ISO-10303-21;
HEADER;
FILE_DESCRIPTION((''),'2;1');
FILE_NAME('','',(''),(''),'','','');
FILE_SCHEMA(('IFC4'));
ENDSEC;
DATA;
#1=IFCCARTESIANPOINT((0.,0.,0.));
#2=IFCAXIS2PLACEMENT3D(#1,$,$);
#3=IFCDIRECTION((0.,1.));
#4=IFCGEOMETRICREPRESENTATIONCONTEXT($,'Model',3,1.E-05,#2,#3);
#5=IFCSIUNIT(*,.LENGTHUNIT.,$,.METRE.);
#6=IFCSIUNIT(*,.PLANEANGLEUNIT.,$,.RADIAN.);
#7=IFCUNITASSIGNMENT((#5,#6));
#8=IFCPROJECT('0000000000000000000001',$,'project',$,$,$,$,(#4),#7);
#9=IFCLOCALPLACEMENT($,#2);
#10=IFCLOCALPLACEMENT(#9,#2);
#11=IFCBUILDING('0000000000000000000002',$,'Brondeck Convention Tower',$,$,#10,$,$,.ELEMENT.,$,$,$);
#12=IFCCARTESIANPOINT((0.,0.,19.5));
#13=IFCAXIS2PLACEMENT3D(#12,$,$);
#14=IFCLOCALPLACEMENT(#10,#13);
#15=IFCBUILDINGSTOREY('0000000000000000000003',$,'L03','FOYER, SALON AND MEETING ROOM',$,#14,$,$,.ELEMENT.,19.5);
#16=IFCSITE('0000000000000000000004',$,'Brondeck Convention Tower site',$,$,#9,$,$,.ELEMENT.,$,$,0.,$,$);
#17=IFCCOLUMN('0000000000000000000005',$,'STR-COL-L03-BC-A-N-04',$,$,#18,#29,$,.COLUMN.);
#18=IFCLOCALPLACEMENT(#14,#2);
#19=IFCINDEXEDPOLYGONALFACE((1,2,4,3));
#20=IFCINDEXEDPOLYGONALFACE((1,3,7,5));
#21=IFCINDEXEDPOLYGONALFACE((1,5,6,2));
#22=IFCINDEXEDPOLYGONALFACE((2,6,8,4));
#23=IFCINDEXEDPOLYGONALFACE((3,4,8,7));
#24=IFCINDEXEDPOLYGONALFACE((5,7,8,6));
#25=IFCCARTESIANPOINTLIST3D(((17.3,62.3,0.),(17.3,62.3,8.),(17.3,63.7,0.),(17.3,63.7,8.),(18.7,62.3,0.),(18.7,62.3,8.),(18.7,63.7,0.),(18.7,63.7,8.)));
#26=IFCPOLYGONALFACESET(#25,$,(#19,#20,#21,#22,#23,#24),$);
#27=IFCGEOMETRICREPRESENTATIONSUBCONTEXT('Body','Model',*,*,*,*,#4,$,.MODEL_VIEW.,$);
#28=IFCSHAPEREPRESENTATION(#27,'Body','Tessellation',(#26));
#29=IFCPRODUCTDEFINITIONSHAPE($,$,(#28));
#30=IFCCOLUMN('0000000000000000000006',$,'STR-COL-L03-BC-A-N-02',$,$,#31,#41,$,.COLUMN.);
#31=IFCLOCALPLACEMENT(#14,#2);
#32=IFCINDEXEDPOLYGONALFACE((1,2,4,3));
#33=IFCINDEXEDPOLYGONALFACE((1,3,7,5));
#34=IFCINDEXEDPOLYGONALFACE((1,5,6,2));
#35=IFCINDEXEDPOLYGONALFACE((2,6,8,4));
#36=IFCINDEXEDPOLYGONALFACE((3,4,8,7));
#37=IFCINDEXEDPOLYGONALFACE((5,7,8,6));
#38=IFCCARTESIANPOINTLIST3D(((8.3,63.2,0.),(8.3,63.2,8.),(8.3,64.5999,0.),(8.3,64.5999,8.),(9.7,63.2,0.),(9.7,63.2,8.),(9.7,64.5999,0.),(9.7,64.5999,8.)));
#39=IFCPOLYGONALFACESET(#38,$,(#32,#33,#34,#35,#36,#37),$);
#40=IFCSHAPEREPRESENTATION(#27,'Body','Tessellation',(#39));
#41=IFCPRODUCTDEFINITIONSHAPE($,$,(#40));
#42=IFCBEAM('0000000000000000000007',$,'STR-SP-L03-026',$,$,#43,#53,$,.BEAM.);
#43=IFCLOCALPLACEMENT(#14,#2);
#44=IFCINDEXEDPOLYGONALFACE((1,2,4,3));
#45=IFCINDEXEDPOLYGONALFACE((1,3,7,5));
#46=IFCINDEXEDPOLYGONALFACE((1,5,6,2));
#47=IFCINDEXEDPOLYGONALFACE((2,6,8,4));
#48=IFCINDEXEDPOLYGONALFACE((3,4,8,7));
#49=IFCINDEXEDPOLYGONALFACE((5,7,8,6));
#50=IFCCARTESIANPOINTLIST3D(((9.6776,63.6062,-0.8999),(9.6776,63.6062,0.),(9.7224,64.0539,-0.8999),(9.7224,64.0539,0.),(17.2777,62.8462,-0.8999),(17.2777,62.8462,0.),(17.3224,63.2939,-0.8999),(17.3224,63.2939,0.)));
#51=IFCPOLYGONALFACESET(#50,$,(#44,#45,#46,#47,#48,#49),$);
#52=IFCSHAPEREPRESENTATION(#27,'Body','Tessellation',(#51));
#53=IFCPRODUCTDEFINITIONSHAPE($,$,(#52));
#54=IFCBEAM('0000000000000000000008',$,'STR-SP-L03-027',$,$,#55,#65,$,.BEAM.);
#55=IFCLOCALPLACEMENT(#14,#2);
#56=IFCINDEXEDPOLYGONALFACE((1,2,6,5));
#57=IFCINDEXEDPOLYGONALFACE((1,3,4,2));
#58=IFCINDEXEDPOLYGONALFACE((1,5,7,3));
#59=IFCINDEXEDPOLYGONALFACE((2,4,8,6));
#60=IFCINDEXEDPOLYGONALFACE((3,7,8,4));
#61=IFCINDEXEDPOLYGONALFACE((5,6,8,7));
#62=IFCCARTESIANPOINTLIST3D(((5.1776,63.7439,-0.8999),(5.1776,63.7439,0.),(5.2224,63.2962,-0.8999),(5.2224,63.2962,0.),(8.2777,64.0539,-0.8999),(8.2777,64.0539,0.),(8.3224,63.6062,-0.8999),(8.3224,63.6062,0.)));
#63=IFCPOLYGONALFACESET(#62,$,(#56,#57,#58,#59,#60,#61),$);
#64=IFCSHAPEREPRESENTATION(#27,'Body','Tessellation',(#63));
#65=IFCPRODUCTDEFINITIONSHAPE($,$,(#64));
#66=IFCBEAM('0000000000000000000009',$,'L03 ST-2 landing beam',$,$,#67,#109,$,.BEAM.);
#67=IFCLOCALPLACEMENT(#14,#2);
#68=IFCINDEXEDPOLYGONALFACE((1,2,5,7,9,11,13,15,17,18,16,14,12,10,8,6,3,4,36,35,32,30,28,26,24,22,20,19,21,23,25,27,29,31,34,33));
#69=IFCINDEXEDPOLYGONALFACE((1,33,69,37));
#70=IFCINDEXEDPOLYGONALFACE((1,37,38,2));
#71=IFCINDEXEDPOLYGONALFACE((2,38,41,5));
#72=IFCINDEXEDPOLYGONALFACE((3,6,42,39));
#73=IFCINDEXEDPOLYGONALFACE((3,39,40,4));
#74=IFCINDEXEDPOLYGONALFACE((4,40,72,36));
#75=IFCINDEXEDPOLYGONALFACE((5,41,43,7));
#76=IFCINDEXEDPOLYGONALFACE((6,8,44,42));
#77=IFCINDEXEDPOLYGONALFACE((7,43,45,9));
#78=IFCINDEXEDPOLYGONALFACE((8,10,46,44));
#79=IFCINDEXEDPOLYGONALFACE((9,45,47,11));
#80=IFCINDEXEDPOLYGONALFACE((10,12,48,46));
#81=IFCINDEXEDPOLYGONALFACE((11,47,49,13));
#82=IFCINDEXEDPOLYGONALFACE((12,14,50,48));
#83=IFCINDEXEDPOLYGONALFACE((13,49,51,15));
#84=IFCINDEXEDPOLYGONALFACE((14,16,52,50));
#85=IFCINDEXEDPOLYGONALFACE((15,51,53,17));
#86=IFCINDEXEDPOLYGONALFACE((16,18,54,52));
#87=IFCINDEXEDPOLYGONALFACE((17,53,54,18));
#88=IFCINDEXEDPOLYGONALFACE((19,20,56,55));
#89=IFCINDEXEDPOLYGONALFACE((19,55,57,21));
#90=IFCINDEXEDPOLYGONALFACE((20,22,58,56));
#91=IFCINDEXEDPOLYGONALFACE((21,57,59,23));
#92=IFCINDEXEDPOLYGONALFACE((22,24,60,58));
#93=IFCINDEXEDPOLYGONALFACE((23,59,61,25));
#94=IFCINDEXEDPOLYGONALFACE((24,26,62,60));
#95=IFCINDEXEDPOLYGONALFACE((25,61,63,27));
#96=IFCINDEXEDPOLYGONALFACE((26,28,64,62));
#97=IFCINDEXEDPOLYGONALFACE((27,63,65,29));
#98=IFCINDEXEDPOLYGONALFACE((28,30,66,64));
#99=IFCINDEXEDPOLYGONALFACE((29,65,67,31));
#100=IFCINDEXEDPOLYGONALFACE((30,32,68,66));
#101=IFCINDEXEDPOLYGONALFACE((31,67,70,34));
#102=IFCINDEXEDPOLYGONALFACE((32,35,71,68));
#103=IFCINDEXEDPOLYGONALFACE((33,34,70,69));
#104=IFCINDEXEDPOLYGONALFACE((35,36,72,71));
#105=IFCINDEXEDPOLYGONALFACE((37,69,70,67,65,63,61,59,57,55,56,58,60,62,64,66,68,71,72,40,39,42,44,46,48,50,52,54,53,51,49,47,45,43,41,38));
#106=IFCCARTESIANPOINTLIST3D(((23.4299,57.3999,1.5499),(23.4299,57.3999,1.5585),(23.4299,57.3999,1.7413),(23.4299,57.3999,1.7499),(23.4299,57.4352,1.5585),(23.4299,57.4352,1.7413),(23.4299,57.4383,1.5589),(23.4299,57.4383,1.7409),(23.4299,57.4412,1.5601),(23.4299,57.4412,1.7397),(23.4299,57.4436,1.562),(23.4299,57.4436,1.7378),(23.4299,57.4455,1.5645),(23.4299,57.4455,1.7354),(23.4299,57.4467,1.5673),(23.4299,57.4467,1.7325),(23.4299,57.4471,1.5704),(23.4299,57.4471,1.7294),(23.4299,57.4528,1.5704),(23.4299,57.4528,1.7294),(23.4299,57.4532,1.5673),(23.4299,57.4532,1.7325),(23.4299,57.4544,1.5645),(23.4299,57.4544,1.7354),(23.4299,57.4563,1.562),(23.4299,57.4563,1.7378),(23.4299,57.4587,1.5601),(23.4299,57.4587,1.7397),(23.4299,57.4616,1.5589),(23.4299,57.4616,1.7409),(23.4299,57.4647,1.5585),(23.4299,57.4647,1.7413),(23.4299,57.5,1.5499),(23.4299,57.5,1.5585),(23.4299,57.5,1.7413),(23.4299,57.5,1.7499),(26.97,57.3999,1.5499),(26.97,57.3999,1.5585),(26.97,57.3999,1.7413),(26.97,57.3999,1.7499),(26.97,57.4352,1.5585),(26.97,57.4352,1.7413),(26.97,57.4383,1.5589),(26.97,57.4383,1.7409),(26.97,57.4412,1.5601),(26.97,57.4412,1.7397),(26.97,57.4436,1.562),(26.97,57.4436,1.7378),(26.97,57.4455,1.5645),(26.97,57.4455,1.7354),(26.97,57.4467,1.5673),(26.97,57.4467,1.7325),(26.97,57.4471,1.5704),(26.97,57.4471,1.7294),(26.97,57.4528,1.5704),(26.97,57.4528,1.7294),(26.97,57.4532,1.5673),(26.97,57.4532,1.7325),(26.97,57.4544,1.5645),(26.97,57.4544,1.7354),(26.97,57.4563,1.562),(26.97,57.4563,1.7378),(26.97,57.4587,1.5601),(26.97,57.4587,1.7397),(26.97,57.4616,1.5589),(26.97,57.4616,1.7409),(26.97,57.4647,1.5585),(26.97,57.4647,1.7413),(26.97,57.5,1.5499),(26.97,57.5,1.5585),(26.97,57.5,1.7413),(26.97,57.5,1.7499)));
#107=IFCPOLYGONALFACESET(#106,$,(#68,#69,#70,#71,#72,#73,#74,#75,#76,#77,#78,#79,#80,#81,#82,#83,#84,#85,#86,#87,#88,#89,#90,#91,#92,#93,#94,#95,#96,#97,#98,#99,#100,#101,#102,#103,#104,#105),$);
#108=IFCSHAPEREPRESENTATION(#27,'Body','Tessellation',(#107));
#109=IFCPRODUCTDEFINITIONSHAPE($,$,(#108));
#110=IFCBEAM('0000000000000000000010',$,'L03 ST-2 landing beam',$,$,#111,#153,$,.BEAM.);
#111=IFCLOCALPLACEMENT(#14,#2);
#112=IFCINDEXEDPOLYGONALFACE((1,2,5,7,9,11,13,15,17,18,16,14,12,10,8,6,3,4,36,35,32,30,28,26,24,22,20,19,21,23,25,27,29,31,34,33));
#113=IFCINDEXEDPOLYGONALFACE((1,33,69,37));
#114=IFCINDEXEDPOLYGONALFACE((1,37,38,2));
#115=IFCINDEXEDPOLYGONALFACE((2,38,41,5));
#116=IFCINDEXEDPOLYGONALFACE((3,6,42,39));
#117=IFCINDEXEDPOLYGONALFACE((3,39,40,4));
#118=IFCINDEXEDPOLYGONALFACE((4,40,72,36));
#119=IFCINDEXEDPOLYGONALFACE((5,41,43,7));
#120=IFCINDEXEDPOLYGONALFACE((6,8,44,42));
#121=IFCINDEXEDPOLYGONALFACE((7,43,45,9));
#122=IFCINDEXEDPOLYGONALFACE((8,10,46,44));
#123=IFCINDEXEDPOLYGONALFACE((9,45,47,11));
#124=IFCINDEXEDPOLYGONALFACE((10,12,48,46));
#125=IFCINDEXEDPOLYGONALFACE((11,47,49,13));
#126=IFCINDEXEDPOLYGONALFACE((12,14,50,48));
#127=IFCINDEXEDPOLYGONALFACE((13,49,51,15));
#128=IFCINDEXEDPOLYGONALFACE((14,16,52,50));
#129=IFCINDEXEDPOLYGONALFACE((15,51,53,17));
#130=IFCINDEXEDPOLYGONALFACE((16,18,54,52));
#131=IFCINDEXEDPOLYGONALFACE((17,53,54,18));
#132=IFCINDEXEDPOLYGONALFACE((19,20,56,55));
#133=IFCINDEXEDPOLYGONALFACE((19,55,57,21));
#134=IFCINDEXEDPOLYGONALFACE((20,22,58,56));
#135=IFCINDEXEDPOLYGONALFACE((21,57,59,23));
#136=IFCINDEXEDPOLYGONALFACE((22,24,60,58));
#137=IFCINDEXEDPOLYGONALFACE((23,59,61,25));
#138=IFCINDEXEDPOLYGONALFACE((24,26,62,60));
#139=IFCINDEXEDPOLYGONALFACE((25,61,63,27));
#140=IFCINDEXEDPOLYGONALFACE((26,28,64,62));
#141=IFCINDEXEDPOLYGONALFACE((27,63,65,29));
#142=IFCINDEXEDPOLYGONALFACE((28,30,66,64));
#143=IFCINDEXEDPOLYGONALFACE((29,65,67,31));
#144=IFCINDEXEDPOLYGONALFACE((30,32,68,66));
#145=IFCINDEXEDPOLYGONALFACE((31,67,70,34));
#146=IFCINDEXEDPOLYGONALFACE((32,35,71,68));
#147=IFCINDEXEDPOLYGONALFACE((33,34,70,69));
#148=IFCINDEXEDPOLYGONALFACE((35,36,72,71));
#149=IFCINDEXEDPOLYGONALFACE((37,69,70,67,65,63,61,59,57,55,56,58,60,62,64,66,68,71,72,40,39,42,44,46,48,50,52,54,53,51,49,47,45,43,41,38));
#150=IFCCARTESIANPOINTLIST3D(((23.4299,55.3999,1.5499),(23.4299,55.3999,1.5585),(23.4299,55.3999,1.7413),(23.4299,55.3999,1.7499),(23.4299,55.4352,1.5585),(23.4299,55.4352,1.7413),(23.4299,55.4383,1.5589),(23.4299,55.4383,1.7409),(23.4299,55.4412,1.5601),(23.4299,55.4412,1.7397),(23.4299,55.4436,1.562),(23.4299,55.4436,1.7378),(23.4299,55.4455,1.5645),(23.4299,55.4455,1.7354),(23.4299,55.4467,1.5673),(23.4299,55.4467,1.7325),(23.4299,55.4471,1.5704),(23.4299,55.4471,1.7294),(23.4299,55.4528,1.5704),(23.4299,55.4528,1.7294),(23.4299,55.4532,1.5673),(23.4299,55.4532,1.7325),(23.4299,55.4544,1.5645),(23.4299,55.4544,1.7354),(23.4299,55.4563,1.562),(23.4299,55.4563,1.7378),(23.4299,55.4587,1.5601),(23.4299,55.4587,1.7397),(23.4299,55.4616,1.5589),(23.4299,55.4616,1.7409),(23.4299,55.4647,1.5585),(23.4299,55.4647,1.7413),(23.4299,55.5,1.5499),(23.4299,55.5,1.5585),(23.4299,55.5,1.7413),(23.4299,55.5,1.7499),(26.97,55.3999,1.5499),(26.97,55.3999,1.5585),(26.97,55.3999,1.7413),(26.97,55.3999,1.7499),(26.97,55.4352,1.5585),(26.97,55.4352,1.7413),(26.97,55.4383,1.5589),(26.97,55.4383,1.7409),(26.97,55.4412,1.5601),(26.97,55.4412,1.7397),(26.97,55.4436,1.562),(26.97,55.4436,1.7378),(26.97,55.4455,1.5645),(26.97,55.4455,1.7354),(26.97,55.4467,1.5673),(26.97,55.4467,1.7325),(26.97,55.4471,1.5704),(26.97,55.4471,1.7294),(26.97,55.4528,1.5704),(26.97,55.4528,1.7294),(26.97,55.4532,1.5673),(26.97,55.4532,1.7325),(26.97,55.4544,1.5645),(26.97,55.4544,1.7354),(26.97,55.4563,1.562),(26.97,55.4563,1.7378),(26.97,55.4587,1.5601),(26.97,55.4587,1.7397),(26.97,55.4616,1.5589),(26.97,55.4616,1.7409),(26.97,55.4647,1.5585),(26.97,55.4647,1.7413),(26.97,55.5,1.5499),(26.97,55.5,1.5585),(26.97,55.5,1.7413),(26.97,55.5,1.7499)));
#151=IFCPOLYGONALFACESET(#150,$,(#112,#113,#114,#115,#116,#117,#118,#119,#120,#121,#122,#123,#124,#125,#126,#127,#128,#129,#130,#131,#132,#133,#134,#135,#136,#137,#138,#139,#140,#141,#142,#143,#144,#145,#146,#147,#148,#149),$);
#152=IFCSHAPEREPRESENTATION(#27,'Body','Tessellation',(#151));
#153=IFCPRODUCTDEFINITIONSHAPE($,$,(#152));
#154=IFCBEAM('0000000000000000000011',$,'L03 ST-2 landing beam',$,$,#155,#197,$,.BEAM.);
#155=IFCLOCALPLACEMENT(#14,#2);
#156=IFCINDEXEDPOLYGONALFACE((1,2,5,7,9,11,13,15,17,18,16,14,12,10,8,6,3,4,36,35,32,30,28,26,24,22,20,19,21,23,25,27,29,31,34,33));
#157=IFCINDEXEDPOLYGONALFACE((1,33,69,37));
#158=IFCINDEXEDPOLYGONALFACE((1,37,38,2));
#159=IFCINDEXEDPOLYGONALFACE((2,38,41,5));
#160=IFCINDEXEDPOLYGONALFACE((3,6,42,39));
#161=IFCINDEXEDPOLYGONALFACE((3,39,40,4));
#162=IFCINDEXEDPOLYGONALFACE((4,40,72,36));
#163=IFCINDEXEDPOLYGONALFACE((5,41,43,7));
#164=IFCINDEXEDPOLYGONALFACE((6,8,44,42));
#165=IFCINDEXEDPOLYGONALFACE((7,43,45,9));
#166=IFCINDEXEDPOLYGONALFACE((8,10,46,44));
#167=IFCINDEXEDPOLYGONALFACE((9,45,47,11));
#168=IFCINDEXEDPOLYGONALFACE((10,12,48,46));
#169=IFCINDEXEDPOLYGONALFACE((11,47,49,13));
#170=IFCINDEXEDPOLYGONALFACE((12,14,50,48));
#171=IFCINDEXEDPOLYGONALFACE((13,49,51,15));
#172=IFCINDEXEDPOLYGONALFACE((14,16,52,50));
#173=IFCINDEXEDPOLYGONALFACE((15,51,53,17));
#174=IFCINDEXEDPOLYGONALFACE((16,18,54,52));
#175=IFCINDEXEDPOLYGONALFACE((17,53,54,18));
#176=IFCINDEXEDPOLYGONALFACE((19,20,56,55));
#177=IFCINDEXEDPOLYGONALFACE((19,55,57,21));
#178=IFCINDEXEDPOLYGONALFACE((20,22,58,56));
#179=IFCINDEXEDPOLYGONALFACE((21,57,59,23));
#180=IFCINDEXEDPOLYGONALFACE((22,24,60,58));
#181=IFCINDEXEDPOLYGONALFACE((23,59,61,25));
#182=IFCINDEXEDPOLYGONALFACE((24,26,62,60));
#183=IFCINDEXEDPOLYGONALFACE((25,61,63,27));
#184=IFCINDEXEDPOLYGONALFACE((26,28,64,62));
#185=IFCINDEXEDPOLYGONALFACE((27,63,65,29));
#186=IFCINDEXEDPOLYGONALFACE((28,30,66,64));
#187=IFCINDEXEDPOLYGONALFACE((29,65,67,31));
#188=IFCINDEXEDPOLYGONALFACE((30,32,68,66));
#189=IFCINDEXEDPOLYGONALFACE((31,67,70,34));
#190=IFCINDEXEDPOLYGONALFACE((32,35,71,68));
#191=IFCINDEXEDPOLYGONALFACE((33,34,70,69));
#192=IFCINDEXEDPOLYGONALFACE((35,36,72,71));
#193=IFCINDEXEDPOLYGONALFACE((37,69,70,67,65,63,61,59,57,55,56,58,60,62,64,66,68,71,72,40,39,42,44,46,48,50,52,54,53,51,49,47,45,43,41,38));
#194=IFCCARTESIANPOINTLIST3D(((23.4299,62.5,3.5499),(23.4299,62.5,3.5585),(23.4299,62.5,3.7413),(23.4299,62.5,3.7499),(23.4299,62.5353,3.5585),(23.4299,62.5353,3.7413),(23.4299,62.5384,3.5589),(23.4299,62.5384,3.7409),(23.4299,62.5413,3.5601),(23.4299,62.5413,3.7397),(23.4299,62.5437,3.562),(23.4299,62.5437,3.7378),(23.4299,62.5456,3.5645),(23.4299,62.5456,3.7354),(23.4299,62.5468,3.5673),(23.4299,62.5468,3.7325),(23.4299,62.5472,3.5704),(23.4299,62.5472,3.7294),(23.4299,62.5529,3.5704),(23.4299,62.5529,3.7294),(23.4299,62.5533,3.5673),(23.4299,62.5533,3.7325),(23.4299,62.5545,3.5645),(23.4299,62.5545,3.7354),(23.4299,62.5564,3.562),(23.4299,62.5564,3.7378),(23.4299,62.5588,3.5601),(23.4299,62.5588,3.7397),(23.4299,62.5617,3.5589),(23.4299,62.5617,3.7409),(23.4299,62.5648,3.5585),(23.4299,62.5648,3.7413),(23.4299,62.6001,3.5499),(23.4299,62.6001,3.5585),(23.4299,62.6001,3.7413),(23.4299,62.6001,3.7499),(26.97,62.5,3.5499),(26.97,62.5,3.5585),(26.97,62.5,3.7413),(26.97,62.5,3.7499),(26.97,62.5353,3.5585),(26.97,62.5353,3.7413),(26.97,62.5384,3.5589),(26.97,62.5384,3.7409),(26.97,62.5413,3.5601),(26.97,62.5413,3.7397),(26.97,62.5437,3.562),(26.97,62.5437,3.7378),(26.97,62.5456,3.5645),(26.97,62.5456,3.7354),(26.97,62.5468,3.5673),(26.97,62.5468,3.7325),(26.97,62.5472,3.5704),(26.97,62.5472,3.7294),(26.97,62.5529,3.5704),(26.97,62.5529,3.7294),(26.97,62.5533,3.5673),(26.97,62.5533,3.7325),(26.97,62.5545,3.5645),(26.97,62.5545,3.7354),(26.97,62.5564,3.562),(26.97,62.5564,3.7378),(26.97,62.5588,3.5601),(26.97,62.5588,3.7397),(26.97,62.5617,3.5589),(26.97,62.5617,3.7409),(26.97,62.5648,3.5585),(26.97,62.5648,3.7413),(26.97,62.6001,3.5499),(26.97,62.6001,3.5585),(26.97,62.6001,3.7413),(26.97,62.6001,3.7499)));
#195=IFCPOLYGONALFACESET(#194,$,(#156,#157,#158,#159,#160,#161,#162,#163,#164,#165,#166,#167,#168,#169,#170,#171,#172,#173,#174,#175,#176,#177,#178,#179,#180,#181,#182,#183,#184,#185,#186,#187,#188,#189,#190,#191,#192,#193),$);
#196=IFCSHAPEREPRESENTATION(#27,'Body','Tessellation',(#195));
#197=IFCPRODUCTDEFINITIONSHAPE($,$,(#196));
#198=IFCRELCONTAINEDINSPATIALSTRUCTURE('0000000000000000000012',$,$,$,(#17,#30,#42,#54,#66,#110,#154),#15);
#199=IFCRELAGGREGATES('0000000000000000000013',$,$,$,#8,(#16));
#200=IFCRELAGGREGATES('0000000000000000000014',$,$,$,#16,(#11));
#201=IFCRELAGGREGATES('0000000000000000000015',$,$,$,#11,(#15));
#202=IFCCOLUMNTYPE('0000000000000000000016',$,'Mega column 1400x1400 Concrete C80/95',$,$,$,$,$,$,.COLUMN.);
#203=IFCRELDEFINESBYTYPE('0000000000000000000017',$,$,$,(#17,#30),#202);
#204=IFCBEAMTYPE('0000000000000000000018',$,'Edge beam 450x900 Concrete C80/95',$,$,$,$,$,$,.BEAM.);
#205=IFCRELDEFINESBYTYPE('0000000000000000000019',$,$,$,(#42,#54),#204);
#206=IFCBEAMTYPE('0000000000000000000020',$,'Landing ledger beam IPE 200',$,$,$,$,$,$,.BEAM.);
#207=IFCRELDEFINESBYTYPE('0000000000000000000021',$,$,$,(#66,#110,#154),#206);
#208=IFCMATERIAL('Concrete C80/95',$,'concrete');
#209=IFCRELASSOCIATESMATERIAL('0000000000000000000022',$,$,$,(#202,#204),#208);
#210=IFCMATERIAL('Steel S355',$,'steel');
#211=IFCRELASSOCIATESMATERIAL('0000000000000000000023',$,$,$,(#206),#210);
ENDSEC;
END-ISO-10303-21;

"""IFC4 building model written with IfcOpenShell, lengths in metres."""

from ifc_helpers import new_model, si_unit, direction, frame, origin, origin_2d, place, context, subcontext, project, spatial, rectangle, i_section, extrude, material, material_profile, profile_set, type_object, element, save


model = new_model("IFC4")

# Units and contexts
model_context = context("Model", 3, precision=1e-05, world=origin(), true_north=direction((0.0, 1.0)))
body_context = subcontext(model_context, "Body", "Model", "MODEL_VIEW")
ifc_project = project(units=[si_unit("LENGTHUNIT", "METRE"), si_unit("PLANEANGLEUNIT", "RADIAN")], contexts=[model_context])

# Site, building, storey
site_placement = place(None, origin())
site = spatial("IfcSite", under=ifc_project, at=site_placement, Name="Brondeck Convention Tower site", CompositionType="ELEMENT", RefElevation=0.0)
building_placement = place(site_placement, origin())
building = spatial("IfcBuilding", under=site, at=building_placement, Name="Brondeck Convention Tower", CompositionType="ELEMENT")
storey_placement = place(building_placement, frame((0.0, 0.0, 19.5)))
storey = spatial("IfcBuildingStorey", under=building, at=storey_placement, Name="L03", Description="FOYER, SALON AND MEETING ROOM", CompositionType="ELEMENT", Elevation=19.5)

# Columns
ifc_material_1 = material(Name="Concrete C80/95", Category="concrete")
ifc_material_profile_1 = material_profile(ifc_material_1, rectangle(XDim=1.3999, YDim=1.3999, at=origin_2d()), Name="Mega column 1400x1400 Concrete C80/95")
ifc_profile_set_1 = profile_set([ifc_material_profile_1], Name="Concrete C80/95")
column_type = type_object("IfcColumnType", Name="Mega column 1400x1400 Concrete C80/95", PredefinedType="COLUMN", material=ifc_profile_set_1)
for number, where, z_axis, x_axis, name in (
    (1, (18.0, 63.0, 0.0), (0.0, 0.0, 1.0), (1.0, 0.0, 0.0), "STR-COL-L03-BC-A-N-04"),
    (2, (9.0, 63.8999, 0.0), (0.0, 0.0, 1.0), (1.0, 0.0, 0.0), "STR-COL-L03-BC-A-N-02"),
):
    element("IfcColumn", number, at=place(storey_placement, frame(where, z_axis=z_axis, x_axis=x_axis)), inside=storey, type_object=column_type, Name=name, PredefinedType="COLUMN", context=body_context, shape_type="SweptSolid", body=[
        extrude(rectangle(XDim=1.3999, YDim=1.3999, at=origin_2d()), origin(), (0.0, 0.0, 1.0), 8.0),
    ])

# Beams
ifc_material_profile_2 = material_profile(ifc_material_1, rectangle(XDim=0.45, YDim=0.8999, at=origin_2d()), Name="Edge beam 450x900 Concrete C80/95")
ifc_profile_set_2 = profile_set([ifc_material_profile_2], Name="Concrete C80/95")
beam_type_1 = type_object("IfcBeamType", Name="Edge beam 450x900 Concrete C80/95", PredefinedType="BEAM", material=ifc_profile_set_2)
beam_1_placement = place(storey_placement, frame((17.3, 63.0701, -0.45), z_axis=(-0.995037, 0.099504, 0.0), x_axis=(-0.099504, -0.995037, 0.0)))
element("IfcBeam", 3, at=beam_1_placement, inside=storey, type_object=beam_type_1, Name="STR-SP-L03-026", PredefinedType="BEAM", context=body_context, shape_type="SweptSolid", body=[
    extrude(rectangle(XDim=0.45, YDim=0.8999, at=origin_2d()), origin(), (0.0, 0.0, 1.0), 7.6379),
])
beam_2_placement = place(storey_placement, frame((8.3, 63.8301, -0.45), z_axis=(-0.995036, -0.099519, 0.0), x_axis=(0.099519, -0.995036, 0.0)))
element("IfcBeam", 4, at=beam_2_placement, inside=storey, type_object=beam_type_1, Name="STR-SP-L03-027", PredefinedType="BEAM", context=body_context, shape_type="SweptSolid", body=[
    extrude(rectangle(XDim=0.45, YDim=0.8999, at=origin_2d()), origin(), (0.0, 0.0, 1.0), 3.1155),
])
ifc_material_2 = material(Name="Steel S355", Category="steel")
ifc_material_profile_3 = material_profile(ifc_material_2, i_section(OverallWidth=0.1001, OverallDepth=0.2, WebThickness=0.0056, FlangeThickness=0.0085, FilletRadius=0.012, at=origin_2d()), Name="IPE200")
ifc_profile_set_3 = profile_set([ifc_material_profile_3], Name="Steel S355")
beam_type_2 = type_object("IfcBeamType", Name="Landing ledger beam IPE 200", PredefinedType="BEAM", material=ifc_profile_set_3)
for number, where, z_axis, x_axis, name in (
    (5, (23.4299, 57.45, 1.6499), (1.0, 0.0, 0.0), (0.0, 1.0, 0.0), "L03 ST-2 landing beam"),
    (6, (23.4299, 55.45, 1.6499), (1.0, 0.0, 0.0), (0.0, 1.0, 0.0), "L03 ST-2 landing beam"),
    (7, (23.4299, 62.55, 3.6499), (1.0, 0.0, 0.0), (0.0, 1.0, 0.0), "L03 ST-2 landing beam"),
):
    element("IfcBeam", number, at=place(storey_placement, frame(where, z_axis=z_axis, x_axis=x_axis)), inside=storey, type_object=beam_type_2, Name=name, PredefinedType="BEAM", context=body_context, shape_type="SweptSolid", body=[
        extrude(i_section(OverallWidth=0.1001, OverallDepth=0.2, WebThickness=0.0056, FlangeThickness=0.0085, FilletRadius=0.012, at=origin_2d()), origin(), (0.0, 0.0, 1.0), 3.54),
    ])

save(model, "model.ifc")
